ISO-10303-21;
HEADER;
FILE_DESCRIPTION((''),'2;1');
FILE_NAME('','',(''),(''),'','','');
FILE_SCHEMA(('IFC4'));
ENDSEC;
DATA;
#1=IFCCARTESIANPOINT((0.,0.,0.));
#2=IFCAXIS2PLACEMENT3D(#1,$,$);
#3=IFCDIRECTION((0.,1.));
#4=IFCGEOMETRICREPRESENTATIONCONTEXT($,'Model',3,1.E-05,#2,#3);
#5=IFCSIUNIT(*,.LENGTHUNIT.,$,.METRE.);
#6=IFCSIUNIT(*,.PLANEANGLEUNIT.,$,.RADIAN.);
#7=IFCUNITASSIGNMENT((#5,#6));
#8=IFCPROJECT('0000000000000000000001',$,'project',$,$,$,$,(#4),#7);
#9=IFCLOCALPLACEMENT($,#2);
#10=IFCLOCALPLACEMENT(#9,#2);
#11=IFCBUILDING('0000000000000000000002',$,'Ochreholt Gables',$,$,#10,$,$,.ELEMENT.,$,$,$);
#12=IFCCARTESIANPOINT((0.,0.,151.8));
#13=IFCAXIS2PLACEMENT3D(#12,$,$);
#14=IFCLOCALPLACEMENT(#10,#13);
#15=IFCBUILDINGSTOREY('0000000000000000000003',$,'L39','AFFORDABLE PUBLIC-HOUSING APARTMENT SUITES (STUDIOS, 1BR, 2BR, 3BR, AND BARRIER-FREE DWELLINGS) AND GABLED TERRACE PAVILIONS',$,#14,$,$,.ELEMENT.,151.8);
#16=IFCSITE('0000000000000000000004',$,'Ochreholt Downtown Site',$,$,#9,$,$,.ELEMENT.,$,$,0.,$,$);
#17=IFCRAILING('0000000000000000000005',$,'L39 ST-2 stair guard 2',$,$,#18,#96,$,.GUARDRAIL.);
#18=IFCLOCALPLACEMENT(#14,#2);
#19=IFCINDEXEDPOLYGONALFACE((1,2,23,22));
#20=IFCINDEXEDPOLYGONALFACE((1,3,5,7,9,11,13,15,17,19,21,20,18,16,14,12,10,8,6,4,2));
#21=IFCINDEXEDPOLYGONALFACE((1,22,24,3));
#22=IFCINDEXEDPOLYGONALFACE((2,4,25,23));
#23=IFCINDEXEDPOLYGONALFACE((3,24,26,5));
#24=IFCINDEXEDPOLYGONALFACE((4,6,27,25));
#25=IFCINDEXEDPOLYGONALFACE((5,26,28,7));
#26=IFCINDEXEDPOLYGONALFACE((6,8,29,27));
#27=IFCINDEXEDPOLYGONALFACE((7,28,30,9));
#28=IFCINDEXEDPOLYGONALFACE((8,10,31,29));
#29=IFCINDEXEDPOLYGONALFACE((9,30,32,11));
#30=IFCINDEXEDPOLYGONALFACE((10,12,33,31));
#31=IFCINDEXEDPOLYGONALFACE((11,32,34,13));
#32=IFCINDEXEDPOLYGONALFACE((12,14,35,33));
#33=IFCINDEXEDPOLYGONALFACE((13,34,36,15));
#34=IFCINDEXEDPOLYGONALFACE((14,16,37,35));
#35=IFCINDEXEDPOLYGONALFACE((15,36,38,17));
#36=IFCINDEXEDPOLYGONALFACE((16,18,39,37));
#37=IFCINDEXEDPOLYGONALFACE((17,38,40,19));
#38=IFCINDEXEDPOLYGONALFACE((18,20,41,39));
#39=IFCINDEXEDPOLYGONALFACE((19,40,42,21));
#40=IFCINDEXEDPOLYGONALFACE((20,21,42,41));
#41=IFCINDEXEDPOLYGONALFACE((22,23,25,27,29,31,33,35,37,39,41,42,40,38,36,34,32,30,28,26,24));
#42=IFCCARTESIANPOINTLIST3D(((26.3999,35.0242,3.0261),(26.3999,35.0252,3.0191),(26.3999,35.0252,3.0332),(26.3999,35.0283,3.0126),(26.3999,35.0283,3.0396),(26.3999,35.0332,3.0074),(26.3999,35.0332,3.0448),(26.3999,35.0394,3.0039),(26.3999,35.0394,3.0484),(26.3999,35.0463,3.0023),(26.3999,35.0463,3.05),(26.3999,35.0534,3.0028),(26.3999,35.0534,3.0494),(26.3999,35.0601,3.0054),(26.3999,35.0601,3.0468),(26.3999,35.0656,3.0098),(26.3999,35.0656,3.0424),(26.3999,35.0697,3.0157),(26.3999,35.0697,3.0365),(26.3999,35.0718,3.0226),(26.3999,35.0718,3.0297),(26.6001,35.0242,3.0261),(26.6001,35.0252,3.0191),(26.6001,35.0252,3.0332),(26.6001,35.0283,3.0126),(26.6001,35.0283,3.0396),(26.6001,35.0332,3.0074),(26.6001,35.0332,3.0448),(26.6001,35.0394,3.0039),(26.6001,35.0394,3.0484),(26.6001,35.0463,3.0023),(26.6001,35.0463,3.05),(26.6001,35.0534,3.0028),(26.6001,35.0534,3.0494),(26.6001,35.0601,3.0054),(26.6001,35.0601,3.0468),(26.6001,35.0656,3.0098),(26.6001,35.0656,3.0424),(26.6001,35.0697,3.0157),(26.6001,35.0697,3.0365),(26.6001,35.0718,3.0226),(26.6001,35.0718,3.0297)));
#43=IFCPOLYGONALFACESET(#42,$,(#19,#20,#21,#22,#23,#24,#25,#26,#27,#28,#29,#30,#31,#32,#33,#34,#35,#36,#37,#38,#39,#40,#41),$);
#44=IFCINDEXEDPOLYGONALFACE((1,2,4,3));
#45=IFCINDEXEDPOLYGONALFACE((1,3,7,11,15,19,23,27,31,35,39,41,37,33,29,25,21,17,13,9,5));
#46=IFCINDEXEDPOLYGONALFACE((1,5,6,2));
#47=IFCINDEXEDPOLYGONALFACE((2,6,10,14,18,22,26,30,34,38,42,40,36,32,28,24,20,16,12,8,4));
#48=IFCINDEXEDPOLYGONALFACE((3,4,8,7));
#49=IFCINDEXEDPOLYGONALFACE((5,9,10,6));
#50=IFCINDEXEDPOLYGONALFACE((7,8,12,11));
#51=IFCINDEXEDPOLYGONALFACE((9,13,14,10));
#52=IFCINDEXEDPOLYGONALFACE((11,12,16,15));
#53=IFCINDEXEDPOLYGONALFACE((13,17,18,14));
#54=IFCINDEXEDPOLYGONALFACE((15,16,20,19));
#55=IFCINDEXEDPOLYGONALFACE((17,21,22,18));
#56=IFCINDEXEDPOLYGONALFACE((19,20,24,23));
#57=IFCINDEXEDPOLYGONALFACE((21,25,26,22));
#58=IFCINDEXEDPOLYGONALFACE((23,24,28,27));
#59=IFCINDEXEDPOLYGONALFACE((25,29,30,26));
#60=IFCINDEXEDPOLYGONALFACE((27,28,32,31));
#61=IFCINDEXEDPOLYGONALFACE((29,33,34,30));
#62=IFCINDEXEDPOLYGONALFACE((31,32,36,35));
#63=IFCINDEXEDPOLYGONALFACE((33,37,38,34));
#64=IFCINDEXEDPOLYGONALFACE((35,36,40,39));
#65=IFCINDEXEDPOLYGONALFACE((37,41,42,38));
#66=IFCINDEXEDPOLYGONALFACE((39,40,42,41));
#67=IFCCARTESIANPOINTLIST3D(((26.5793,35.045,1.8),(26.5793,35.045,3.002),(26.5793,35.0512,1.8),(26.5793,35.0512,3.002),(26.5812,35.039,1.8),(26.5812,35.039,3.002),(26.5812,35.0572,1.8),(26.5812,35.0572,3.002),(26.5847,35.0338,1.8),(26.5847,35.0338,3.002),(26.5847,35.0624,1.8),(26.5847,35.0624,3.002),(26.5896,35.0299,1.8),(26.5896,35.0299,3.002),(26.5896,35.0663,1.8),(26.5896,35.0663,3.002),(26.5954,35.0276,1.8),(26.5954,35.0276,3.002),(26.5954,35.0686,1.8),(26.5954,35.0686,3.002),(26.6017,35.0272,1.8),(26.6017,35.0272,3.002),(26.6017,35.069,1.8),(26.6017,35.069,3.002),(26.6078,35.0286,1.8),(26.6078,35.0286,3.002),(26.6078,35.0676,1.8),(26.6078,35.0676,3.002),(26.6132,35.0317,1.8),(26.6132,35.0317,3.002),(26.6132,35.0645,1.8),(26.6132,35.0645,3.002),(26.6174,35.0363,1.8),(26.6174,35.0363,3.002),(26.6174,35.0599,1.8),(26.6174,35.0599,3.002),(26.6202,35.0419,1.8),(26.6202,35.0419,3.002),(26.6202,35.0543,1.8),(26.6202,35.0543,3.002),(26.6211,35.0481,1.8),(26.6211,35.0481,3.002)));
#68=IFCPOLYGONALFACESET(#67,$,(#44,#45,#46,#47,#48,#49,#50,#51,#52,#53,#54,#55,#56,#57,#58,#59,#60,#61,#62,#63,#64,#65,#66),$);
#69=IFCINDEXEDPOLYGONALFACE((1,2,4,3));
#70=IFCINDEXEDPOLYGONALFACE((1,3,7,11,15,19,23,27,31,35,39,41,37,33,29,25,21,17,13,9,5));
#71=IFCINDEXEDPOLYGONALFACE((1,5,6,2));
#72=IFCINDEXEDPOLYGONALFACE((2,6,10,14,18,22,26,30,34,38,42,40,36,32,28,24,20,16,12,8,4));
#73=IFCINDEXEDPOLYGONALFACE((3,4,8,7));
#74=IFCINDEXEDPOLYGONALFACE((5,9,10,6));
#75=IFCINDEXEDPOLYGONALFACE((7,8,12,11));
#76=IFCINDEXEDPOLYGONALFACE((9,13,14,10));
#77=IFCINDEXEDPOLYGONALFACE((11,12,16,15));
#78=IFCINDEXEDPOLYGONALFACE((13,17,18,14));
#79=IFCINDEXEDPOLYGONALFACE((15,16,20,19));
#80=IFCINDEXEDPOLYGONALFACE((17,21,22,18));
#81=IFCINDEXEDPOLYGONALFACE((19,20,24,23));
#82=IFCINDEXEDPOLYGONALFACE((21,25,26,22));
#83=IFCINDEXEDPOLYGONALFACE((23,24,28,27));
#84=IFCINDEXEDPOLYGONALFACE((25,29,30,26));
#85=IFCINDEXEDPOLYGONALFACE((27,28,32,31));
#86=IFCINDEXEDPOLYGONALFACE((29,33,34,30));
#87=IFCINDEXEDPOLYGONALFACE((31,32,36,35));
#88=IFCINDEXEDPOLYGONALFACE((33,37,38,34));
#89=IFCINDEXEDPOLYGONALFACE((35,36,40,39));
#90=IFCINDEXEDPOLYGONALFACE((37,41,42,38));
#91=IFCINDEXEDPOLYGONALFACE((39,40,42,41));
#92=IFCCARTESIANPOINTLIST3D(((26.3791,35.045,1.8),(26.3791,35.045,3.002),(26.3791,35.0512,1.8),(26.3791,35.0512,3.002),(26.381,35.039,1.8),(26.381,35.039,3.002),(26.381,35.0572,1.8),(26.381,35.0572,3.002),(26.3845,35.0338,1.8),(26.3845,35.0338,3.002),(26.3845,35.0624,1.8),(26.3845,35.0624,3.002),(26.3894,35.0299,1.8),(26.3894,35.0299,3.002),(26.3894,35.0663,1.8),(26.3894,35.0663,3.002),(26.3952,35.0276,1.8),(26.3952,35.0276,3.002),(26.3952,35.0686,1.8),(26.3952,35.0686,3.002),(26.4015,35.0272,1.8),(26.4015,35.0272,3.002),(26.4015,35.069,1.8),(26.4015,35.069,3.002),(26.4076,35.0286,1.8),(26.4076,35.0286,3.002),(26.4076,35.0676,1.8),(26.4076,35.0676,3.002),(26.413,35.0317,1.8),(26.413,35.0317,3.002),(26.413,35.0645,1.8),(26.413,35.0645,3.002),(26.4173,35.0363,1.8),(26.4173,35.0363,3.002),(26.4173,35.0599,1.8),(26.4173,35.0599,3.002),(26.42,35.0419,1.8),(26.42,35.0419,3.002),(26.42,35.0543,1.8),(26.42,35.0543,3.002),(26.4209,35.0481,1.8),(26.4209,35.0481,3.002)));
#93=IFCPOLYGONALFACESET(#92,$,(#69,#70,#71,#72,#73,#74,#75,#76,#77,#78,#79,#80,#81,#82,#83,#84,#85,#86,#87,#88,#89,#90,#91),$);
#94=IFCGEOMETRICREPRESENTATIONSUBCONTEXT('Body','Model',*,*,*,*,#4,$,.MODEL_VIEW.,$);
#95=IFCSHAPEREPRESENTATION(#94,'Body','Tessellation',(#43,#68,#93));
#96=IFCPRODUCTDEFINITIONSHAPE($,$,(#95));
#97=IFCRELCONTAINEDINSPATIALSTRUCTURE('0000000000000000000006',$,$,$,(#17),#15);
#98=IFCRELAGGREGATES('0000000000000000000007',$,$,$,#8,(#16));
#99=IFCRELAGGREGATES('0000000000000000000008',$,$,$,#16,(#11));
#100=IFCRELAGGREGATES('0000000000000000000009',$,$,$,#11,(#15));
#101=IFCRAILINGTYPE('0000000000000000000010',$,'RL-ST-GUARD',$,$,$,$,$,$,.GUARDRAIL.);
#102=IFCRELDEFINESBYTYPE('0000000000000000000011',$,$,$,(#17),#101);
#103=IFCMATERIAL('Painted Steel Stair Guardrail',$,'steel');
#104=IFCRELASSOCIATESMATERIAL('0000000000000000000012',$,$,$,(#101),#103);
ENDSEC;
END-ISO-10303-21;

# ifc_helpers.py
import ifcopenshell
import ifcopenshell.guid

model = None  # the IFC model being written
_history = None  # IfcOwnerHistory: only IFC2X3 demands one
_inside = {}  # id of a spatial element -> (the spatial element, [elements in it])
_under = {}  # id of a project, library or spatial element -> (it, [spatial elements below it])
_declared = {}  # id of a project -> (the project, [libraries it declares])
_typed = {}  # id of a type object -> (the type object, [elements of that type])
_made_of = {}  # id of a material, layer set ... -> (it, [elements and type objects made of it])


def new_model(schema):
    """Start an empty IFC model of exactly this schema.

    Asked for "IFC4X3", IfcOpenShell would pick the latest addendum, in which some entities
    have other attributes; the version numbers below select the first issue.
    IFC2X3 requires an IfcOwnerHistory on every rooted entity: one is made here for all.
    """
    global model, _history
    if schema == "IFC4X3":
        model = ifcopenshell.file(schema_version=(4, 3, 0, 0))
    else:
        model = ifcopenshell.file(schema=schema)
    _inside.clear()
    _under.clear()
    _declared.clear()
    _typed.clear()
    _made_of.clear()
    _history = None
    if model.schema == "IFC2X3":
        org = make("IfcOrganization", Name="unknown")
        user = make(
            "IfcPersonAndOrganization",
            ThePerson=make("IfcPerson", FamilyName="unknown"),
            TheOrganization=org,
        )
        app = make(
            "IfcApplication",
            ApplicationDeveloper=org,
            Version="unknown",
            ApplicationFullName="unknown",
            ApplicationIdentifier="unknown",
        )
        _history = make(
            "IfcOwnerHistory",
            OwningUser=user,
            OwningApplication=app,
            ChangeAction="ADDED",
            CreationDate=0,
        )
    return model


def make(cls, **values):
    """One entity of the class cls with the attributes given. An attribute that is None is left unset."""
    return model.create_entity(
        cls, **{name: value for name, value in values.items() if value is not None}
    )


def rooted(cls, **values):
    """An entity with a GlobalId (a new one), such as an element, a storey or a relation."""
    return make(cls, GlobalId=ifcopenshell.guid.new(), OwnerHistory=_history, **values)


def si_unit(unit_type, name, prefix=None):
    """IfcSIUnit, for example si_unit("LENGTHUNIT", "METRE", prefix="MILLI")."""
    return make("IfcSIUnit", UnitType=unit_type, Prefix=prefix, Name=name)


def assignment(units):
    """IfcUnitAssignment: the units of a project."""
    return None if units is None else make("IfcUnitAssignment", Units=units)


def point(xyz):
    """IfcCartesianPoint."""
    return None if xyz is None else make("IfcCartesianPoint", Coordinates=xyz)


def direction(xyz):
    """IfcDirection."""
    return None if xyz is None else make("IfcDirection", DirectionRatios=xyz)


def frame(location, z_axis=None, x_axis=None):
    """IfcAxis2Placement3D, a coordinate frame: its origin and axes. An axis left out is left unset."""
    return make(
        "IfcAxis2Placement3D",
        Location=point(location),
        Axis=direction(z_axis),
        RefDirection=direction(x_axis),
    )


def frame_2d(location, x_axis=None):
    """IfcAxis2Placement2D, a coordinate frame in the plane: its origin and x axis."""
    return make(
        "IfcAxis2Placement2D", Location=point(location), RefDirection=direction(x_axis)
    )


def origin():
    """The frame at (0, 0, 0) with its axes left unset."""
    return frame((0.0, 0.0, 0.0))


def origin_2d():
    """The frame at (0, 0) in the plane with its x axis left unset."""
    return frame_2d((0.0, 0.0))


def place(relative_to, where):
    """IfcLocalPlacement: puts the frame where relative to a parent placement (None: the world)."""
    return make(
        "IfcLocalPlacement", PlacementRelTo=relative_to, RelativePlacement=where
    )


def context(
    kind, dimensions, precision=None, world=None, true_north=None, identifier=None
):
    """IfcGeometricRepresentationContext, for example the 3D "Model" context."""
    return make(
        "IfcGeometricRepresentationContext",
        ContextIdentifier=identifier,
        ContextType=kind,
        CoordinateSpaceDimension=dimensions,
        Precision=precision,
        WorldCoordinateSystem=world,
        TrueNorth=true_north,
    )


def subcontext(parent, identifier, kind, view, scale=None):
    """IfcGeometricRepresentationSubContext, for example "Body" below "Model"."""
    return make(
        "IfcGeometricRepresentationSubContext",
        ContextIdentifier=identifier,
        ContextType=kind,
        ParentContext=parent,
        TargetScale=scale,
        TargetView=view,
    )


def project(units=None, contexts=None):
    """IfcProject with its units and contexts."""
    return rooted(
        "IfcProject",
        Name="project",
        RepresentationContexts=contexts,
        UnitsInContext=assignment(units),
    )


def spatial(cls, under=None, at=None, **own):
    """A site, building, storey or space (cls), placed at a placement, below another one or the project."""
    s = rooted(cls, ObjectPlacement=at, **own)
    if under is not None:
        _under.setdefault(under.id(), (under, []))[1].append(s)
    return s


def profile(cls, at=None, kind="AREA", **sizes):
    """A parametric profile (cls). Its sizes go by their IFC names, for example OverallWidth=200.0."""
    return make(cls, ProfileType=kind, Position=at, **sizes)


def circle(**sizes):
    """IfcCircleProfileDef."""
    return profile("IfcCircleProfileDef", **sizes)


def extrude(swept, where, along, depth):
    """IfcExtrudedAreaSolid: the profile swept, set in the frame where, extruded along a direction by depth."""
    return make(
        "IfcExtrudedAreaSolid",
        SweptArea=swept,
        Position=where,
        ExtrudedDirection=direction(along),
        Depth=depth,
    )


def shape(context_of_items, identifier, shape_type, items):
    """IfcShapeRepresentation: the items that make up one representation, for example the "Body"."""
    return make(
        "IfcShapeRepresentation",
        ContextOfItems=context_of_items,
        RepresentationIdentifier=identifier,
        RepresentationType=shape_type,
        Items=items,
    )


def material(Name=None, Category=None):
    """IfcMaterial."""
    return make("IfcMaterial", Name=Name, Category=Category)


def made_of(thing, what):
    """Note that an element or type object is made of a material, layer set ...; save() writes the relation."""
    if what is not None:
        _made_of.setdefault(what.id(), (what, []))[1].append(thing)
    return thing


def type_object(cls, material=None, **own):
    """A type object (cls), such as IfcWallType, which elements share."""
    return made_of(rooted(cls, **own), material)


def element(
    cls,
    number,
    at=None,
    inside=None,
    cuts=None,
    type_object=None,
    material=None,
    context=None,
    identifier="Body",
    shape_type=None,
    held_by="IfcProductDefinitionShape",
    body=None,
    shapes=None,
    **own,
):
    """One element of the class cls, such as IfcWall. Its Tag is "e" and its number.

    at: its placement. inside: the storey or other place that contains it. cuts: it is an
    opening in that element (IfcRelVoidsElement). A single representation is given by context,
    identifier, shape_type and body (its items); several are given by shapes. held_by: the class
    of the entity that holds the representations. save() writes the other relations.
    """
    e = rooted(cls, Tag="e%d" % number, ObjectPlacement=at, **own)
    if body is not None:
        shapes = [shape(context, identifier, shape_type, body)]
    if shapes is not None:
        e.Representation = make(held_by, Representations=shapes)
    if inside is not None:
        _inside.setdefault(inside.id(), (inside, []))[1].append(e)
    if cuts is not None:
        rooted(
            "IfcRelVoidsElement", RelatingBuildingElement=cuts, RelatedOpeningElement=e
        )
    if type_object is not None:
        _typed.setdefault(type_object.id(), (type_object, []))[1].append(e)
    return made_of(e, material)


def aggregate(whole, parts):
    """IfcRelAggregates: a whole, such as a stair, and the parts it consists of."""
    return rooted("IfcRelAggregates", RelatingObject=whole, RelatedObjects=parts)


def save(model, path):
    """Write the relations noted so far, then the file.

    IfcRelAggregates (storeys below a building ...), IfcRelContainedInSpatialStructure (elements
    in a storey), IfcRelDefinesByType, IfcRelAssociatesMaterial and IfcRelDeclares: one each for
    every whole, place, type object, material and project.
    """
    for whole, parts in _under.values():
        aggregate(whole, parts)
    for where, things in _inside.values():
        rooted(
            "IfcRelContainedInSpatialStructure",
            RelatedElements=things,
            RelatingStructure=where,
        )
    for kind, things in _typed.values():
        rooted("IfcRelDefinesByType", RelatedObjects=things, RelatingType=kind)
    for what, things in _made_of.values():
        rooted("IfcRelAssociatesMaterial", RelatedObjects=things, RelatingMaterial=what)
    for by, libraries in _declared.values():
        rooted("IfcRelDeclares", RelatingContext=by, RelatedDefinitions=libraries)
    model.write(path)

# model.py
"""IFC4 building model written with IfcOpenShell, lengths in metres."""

from ifc_helpers import new_model, si_unit, direction, frame, origin, origin_2d, place, context, subcontext, project, spatial, circle, extrude, material, type_object, element, save


model = new_model("IFC4")

# Units and contexts
model_context = context("Model", 3, precision=1e-05, world=origin(), true_north=direction((0.0, 1.0)))
body_context = subcontext(model_context, "Body", "Model", "MODEL_VIEW")
ifc_project = project(units=[si_unit("LENGTHUNIT", "METRE"), si_unit("PLANEANGLEUNIT", "RADIAN")], contexts=[model_context])

# Site, building, storey
site_placement = place(None, origin())
site = spatial("IfcSite", under=ifc_project, at=site_placement, Name="Ochreholt Downtown Site", CompositionType="ELEMENT", RefElevation=0.0)
building_placement = place(site_placement, origin())
building = spatial("IfcBuilding", under=site, at=building_placement, Name="Ochreholt Gables", CompositionType="ELEMENT")
storey_placement = place(building_placement, frame((0.0, 0.0, 151.8)))
storey = spatial("IfcBuildingStorey", under=building, at=storey_placement, Name="L39", Description="AFFORDABLE PUBLIC-HOUSING APARTMENT SUITES (STUDIOS, 1BR, 2BR, 3BR, AND BARRIER-FREE DWELLINGS) AND GABLED TERRACE PAVILIONS", CompositionType="ELEMENT", Elevation=151.8)

# Railing
ifc_material_1 = material(Name="Painted Steel Stair Guardrail", Category="steel")
railing_type_1 = type_object("IfcRailingType", Name="RL-ST-GUARD", PredefinedType="GUARDRAIL", material=ifc_material_1)
railing_1_placement = place(storey_placement, frame((26.6001, 35.0481, 1.8)))
element("IfcRailing", 1, at=railing_1_placement, inside=storey, type_object=railing_type_1, Name="L39 ST-2 stair guard 2", PredefinedType="GUARDRAIL", context=body_context, shape_type="SweptSolid", body=[
    extrude(circle(Radius=0.0239, at=origin_2d()), frame((0.0, 0.0, 1.2261), z_axis=(-1.0, 0.0, 0.0), x_axis=(0.0, -1.0, 0.0)), (0.0, 0.0, 1.0), 0.2002),
    extrude(circle(Radius=0.021, at=origin_2d()), origin(), (0.0, 0.0, 1.0), 1.2019),
    extrude(circle(Radius=0.021, at=origin_2d()), frame((-0.2002, 0.0, 0.0)), (0.0, 0.0, 1.0), 1.2019),
])

save(model, "model.ifc")
